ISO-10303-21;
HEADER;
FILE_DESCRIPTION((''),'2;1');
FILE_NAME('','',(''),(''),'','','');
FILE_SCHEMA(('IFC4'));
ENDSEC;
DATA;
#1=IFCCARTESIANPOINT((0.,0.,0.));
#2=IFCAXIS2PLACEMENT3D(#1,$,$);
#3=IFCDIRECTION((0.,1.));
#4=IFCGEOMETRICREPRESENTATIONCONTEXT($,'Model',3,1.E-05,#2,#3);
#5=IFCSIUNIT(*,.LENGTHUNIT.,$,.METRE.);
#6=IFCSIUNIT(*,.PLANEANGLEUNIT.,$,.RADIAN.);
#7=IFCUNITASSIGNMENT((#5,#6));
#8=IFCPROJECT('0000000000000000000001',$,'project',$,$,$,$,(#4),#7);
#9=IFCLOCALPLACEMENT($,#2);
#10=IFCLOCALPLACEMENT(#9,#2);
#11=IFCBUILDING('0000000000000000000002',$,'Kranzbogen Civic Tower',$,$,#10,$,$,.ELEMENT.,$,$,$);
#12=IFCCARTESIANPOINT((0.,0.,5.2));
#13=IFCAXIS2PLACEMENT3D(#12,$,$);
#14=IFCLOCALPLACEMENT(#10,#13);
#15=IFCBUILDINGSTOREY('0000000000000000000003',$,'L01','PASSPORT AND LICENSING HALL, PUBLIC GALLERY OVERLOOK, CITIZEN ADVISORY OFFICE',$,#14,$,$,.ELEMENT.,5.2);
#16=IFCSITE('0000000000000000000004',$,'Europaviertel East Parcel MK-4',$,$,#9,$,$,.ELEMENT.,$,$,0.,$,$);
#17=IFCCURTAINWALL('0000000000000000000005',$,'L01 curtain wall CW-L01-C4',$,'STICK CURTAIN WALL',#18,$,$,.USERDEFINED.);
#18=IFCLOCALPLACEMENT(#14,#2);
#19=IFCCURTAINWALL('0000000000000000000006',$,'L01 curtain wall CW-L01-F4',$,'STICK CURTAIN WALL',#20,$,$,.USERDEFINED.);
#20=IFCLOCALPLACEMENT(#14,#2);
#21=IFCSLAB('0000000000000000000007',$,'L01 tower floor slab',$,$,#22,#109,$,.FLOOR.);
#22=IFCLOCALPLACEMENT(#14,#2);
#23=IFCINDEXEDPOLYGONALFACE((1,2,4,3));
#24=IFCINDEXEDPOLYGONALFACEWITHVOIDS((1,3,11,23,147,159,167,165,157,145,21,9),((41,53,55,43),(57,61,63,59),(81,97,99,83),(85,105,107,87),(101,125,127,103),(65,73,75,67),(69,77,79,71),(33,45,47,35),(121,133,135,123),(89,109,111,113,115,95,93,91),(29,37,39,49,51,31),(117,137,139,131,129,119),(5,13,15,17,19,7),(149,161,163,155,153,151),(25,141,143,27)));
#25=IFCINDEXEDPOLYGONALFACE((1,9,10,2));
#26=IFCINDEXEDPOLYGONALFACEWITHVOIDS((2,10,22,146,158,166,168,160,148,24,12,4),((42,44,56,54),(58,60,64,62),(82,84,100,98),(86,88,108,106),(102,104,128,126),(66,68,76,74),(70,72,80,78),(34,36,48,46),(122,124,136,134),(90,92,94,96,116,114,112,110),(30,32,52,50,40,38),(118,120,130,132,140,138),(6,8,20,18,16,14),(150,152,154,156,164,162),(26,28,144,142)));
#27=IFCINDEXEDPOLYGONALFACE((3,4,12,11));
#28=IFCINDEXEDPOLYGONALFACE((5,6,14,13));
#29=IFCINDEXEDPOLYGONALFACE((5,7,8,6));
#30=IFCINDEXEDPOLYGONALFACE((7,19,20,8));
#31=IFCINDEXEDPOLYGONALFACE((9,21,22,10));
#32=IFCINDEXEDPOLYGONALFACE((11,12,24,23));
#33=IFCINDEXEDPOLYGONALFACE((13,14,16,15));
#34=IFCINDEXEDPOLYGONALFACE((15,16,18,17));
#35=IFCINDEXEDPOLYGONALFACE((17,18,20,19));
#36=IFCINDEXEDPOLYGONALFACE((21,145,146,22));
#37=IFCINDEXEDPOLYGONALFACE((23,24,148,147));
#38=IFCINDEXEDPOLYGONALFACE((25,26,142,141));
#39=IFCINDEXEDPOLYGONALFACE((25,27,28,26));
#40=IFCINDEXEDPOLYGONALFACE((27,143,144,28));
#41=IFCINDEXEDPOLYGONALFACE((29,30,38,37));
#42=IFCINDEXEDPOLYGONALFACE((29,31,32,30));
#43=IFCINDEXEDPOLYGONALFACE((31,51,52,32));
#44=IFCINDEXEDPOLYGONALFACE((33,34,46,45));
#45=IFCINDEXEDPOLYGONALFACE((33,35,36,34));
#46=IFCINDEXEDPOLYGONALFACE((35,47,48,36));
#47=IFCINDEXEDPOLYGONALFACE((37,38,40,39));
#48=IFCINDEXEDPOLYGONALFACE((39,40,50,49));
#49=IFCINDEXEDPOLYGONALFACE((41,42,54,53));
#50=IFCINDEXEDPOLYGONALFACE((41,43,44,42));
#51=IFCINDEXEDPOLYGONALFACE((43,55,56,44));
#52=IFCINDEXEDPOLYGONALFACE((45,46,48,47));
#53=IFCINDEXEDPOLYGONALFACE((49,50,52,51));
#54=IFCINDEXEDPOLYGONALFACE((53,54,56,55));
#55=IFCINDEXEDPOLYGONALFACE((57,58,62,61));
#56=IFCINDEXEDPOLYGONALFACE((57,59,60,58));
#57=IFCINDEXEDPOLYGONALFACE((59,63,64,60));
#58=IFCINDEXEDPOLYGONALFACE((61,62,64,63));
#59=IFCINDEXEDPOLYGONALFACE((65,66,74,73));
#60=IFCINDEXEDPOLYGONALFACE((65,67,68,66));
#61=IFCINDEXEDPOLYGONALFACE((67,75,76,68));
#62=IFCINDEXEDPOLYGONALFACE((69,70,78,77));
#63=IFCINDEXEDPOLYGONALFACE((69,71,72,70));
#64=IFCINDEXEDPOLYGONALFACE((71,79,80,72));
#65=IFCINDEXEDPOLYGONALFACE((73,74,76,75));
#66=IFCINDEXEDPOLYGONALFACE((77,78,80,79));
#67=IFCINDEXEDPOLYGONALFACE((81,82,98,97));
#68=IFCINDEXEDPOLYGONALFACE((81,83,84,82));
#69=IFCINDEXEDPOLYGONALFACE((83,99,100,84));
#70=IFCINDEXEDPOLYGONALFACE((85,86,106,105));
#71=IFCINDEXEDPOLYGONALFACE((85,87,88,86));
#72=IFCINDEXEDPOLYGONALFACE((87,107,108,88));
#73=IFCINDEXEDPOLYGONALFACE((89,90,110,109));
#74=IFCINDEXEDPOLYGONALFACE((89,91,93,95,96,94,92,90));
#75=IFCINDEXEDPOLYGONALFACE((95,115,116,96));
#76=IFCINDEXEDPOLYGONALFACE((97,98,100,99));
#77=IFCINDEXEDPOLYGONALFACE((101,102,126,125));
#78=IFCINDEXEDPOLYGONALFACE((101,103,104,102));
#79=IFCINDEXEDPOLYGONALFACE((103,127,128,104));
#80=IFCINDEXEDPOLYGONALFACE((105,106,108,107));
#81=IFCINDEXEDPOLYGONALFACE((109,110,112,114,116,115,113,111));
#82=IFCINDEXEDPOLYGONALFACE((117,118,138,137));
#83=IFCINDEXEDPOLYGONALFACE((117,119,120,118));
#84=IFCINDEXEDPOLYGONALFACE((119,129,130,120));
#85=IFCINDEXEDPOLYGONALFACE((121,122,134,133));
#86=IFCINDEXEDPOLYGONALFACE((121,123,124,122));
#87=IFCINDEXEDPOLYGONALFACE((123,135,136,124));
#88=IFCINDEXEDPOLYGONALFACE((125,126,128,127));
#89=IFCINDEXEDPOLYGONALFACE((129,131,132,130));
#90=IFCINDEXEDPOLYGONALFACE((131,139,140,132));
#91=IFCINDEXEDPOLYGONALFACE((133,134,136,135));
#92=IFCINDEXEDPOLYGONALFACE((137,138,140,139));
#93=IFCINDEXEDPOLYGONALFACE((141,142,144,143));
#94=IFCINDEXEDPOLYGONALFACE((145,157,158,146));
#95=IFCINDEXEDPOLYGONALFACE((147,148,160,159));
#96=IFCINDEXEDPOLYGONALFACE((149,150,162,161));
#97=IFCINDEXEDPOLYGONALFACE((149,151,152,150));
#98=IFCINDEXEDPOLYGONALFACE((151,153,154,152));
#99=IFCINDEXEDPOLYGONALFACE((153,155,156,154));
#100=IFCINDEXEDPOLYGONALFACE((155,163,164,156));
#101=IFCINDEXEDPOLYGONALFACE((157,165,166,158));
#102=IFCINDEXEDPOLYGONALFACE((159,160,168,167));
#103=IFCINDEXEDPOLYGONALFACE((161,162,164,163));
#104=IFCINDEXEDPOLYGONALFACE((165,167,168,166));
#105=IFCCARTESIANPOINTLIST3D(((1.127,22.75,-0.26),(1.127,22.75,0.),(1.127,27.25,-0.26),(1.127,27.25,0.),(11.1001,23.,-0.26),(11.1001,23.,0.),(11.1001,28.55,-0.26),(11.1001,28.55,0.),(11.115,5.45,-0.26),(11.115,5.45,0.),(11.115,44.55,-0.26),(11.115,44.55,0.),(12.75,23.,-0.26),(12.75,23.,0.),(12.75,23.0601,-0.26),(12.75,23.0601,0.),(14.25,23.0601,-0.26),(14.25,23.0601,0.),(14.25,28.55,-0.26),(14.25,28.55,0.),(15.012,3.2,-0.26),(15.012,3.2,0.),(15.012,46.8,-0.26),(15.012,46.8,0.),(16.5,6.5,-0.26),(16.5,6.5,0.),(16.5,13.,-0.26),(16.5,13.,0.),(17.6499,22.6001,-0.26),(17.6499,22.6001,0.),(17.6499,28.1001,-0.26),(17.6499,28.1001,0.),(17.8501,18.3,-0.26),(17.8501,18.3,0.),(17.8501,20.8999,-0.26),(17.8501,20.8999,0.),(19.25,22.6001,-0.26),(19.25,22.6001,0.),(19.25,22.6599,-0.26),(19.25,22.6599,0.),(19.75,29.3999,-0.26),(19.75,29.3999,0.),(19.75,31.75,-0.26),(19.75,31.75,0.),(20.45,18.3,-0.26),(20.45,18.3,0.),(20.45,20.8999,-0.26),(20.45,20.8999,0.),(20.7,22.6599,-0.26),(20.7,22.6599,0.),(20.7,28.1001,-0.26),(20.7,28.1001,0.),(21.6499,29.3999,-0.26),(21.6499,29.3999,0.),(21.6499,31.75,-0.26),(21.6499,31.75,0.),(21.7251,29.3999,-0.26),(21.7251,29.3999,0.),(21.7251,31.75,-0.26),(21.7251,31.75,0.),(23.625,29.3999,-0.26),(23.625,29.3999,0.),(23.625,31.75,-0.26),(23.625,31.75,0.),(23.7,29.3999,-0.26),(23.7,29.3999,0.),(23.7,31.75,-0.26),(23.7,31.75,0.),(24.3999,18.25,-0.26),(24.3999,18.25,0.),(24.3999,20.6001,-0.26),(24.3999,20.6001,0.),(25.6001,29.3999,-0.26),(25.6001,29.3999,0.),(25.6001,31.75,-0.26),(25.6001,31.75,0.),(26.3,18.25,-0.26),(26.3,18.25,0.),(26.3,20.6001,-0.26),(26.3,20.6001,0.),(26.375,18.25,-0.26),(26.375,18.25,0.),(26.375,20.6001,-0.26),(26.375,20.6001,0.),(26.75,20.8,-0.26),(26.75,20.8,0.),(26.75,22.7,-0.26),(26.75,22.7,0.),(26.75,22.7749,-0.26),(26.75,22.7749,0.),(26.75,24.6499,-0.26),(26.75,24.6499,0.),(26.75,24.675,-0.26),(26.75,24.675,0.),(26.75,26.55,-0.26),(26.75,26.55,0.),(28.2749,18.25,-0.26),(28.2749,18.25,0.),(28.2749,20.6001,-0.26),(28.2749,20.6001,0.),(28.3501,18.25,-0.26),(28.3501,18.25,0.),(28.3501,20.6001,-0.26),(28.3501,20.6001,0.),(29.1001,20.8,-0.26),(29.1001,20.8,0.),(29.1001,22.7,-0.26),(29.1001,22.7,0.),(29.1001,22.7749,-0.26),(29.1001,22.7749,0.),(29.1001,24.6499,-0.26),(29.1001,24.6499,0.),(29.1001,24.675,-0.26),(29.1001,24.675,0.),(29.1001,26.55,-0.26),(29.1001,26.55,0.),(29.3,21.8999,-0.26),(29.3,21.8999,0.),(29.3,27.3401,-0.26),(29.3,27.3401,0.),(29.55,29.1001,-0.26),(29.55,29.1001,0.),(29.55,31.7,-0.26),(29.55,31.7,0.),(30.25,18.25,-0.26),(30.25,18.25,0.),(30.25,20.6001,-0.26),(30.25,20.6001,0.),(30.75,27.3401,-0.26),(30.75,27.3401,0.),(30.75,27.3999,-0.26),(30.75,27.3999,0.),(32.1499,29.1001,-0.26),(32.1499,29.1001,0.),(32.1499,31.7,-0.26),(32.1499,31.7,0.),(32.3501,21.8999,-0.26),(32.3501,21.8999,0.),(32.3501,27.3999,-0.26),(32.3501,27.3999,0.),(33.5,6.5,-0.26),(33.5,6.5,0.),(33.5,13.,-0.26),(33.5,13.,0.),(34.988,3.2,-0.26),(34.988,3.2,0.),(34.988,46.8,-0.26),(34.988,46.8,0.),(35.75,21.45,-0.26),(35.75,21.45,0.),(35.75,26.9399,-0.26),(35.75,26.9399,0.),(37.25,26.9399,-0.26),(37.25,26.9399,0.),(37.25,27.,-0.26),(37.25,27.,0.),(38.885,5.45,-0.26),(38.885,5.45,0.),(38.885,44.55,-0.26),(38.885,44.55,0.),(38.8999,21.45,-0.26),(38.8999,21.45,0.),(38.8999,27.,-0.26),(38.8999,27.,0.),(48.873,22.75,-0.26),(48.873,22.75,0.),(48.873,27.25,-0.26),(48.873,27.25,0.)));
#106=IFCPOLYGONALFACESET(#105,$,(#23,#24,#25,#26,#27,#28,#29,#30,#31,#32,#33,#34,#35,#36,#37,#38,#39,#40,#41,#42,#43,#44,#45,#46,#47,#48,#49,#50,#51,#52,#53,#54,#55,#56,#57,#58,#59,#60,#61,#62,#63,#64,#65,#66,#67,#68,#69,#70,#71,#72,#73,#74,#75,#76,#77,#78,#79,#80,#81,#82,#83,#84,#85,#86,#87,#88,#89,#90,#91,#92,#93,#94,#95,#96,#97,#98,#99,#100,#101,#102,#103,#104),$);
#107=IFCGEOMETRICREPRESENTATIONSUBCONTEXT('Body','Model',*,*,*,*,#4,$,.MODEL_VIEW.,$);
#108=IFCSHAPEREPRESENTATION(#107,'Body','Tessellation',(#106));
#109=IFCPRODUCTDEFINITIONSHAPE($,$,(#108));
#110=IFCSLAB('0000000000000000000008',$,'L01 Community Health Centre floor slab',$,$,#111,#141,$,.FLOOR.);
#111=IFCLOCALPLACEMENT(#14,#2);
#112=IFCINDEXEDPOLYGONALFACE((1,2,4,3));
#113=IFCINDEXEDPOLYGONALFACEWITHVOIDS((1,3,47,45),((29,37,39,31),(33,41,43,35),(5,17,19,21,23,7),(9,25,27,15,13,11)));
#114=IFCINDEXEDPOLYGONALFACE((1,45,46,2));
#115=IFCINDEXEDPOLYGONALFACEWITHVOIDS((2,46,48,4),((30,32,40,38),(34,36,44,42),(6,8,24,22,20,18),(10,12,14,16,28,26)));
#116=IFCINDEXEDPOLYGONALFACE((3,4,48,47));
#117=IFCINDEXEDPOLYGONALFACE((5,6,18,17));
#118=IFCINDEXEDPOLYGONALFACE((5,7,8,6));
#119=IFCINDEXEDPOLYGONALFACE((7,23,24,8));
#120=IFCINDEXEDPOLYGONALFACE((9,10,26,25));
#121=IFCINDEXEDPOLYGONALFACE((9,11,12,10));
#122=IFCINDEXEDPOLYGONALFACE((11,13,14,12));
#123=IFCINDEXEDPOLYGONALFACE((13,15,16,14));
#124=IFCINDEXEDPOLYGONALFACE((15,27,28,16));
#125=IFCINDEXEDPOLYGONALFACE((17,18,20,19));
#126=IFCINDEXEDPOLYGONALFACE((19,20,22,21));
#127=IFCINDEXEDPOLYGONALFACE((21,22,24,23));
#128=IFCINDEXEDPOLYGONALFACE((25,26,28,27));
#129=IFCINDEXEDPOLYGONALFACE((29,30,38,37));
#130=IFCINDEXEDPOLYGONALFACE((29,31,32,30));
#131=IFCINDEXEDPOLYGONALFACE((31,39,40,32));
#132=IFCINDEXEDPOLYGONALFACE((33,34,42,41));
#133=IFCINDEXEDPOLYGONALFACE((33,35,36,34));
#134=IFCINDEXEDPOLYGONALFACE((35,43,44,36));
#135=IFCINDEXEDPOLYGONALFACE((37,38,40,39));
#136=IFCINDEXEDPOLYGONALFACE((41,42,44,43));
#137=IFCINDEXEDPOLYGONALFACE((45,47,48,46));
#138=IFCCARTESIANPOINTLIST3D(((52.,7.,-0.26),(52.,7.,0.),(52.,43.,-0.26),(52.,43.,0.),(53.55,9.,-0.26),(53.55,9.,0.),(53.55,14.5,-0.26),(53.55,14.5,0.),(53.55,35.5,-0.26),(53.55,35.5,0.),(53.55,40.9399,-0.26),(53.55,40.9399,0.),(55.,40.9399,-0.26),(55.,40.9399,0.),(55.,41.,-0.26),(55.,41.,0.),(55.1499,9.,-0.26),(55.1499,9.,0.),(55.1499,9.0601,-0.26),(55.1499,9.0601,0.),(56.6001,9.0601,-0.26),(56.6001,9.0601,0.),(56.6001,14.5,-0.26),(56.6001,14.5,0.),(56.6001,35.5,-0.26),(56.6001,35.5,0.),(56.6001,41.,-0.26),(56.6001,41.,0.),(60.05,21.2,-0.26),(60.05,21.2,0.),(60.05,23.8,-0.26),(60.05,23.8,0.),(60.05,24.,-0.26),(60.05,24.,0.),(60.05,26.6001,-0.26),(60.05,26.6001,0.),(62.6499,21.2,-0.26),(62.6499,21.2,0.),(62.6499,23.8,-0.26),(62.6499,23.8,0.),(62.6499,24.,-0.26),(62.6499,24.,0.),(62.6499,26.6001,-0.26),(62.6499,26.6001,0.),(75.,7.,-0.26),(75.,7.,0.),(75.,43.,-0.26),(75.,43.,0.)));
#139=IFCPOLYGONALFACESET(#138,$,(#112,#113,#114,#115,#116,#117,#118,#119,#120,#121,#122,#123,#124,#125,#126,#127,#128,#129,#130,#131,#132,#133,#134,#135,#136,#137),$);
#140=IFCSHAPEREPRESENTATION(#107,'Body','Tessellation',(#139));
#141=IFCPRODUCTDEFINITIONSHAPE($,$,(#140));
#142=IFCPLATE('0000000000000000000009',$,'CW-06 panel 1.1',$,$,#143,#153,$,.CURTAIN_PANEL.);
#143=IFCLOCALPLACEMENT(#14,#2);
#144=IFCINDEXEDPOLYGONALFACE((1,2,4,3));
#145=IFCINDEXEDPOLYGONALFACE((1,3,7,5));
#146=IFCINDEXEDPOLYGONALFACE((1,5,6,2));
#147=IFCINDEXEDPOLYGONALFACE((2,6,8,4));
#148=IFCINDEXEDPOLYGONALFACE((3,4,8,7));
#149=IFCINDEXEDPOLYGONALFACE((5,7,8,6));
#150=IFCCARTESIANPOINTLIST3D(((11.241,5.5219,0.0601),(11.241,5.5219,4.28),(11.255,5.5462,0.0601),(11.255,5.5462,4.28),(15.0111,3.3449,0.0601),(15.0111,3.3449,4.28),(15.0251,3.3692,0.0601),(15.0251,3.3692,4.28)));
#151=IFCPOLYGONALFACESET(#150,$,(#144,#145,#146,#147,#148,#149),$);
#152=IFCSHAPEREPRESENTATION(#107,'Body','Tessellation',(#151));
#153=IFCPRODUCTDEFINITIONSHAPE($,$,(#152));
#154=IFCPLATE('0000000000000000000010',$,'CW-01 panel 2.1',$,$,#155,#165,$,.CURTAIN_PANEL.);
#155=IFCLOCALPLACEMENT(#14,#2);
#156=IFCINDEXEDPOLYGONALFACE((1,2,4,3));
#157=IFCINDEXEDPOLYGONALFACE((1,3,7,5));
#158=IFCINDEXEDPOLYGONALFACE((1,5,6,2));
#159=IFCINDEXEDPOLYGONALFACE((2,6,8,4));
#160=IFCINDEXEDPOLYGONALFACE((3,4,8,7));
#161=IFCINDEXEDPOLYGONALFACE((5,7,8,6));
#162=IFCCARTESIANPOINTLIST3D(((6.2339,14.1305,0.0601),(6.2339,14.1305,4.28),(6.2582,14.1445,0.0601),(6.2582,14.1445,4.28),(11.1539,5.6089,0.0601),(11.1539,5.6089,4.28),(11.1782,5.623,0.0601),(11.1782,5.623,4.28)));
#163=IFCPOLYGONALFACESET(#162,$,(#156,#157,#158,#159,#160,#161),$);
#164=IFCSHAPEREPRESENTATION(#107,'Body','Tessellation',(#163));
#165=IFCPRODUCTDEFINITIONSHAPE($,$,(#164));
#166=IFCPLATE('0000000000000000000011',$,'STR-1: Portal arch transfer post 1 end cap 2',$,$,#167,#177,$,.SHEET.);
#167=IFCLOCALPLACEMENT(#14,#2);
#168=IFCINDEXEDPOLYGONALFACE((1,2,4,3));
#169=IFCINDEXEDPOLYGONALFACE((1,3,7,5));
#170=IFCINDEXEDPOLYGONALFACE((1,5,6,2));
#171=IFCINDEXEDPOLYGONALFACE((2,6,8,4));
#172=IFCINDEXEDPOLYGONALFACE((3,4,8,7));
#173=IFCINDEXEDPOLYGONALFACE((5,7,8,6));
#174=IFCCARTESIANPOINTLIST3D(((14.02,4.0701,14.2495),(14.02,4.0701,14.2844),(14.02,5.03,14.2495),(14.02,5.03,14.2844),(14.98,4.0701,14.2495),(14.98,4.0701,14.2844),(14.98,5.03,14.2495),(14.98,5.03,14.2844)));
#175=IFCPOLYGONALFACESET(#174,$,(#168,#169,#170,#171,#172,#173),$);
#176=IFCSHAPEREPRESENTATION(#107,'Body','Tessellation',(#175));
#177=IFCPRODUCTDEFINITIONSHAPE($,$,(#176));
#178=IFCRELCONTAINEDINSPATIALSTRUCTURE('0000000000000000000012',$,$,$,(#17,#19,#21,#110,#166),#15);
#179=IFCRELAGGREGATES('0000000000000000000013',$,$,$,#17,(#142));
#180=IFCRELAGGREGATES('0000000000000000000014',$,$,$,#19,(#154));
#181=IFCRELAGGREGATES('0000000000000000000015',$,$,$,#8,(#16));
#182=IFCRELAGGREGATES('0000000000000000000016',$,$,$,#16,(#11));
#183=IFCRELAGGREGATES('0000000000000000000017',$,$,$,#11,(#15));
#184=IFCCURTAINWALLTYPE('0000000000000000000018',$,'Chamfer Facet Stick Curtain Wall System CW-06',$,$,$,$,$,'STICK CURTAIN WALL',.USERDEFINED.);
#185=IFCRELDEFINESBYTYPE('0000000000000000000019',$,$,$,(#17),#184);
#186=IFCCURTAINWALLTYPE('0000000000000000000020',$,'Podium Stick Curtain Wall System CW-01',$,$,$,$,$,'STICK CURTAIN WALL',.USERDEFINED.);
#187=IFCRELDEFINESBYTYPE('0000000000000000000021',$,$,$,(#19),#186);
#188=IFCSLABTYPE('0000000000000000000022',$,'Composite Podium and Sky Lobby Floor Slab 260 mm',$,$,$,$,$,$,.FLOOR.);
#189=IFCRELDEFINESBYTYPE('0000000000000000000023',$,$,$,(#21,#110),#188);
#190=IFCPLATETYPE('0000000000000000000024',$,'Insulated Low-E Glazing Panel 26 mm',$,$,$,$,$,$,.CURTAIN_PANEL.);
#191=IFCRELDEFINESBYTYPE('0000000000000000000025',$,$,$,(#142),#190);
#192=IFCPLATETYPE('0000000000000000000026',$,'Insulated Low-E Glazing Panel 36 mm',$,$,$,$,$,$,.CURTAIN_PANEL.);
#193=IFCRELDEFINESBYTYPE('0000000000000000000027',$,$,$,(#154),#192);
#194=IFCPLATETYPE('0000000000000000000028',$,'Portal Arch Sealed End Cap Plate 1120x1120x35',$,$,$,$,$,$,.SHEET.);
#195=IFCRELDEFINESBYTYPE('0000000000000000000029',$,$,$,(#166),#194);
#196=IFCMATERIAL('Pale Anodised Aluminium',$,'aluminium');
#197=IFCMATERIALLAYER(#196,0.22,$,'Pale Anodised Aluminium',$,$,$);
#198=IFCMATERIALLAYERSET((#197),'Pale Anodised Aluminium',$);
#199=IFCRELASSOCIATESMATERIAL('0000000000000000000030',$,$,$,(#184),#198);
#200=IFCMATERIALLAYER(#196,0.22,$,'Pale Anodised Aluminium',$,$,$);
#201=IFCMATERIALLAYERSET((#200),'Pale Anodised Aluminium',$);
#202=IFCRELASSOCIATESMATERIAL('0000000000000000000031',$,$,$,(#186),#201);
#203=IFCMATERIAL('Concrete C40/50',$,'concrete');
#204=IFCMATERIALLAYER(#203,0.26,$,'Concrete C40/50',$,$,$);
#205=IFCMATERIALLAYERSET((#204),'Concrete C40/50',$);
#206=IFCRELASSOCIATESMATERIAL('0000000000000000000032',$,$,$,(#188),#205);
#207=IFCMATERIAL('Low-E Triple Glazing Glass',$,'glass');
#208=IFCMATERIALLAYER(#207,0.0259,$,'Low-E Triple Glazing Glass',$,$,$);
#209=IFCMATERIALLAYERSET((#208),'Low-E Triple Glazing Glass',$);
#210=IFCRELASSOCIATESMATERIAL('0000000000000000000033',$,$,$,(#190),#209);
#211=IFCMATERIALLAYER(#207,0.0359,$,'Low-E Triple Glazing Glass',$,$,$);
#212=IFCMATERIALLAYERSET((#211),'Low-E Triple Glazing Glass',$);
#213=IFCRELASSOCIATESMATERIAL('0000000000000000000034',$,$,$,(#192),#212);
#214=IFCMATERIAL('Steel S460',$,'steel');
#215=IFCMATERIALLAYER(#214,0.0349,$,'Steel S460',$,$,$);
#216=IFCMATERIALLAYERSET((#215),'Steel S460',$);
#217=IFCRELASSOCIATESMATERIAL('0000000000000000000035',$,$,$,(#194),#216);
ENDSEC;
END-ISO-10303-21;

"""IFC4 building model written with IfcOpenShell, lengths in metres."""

from ifc_helpers import new_model, si_unit, direction, frame, origin, origin_2d, place, context, subcontext, project, spatial, polyline, rectangle, outline, extrude, material, layer, layer_set, type_object, element, aggregate, save


model = new_model("IFC4")

# Units and contexts
model_context = context("Model", 3, precision=1e-05, world=origin(), true_north=direction((0.0, 1.0)))
body_context = subcontext(model_context, "Body", "Model", "MODEL_VIEW")
ifc_project = project(units=[si_unit("LENGTHUNIT", "METRE"), si_unit("PLANEANGLEUNIT", "RADIAN")], contexts=[model_context])

# Site, building, storey
site_placement = place(None, origin())
site = spatial("IfcSite", under=ifc_project, at=site_placement, Name="Europaviertel East Parcel MK-4", CompositionType="ELEMENT", RefElevation=0.0)
building_placement = place(site_placement, origin())
building = spatial("IfcBuilding", under=site, at=building_placement, Name="Kranzbogen Civic Tower", CompositionType="ELEMENT")
storey_placement = place(building_placement, frame((0.0, 0.0, 5.2)))
storey = spatial("IfcBuildingStorey", under=building, at=storey_placement, Name="L01", Description="PASSPORT AND LICENSING HALL, PUBLIC GALLERY OVERLOOK, CITIZEN ADVISORY OFFICE", CompositionType="ELEMENT", Elevation=5.2)

# Shared definitions
ifc_material_1 = material(Name="Steel S460", Category="steel")

# Curtain wall
ifc_material_2 = material(Name="Pale Anodised Aluminium", Category="aluminium")
ifc_layer_1 = layer(ifc_material_2, 0.22, Name="Pale Anodised Aluminium")
ifc_layer_set_1 = layer_set([ifc_layer_1], Name="Pale Anodised Aluminium")
curtain_wall_type_1 = type_object("IfcCurtainWallType", Name="Chamfer Facet Stick Curtain Wall System CW-06", ElementType="STICK CURTAIN WALL", PredefinedType="USERDEFINED", material=ifc_layer_set_1)
curtain_wall_1_placement = place(storey_placement, origin())
curtain_wall_1 = element("IfcCurtainWall", 1, at=curtain_wall_1_placement, inside=storey, type_object=curtain_wall_type_1, Name="L01 curtain wall CW-L01-C4", ObjectType="STICK CURTAIN WALL", PredefinedType="USERDEFINED")

# Curtain wall
ifc_layer_2 = layer(ifc_material_2, 0.22, Name="Pale Anodised Aluminium")
ifc_layer_set_2 = layer_set([ifc_layer_2], Name="Pale Anodised Aluminium")
curtain_wall_type_2 = type_object("IfcCurtainWallType", Name="Podium Stick Curtain Wall System CW-01", ElementType="STICK CURTAIN WALL", PredefinedType="USERDEFINED", material=ifc_layer_set_2)
curtain_wall_2_placement = place(storey_placement, origin())
curtain_wall_2 = element("IfcCurtainWall", 2, at=curtain_wall_2_placement, inside=storey, type_object=curtain_wall_type_2, Name="L01 curtain wall CW-L01-F4", ObjectType="STICK CURTAIN WALL", PredefinedType="USERDEFINED")

# Slabs
ifc_material_3 = material(Name="Concrete C40/50", Category="concrete")
ifc_layer_3 = layer(ifc_material_3, 0.26, Name="Concrete C40/50")
ifc_layer_set_3 = layer_set([ifc_layer_3], Name="Concrete C40/50")
slab_type_1 = type_object("IfcSlabType", Name="Composite Podium and Sky Lobby Floor Slab 260 mm", PredefinedType="FLOOR", material=ifc_layer_set_3)
slab_1_placement = place(storey_placement, frame((0.0, 0.0, -0.26)))
element("IfcSlab", 3, at=slab_1_placement, inside=storey, type_object=slab_type_1, Name="L01 tower floor slab", PredefinedType="FLOOR", context=body_context, shape_type="SweptSolid", body=[
    extrude(outline(polyline([(48.873, 27.25), (38.885, 44.55), (34.988, 46.8), (15.012, 46.8), (11.115, 44.55), (1.127, 27.25), (1.127, 22.75), (11.115, 5.45), (15.012, 3.2), (34.988, 3.2), (38.885, 5.45), (48.873, 22.75), (48.873, 27.25)]), holes=[polyline([(33.5, 6.5), (16.5, 6.5), (16.5, 13.0), (33.5, 13.0), (33.5, 6.5)]), polyline([(26.3, 18.25), (24.3999, 18.25), (24.3999, 20.6001), (26.3, 20.6001), (26.3, 18.25)]), polyline([(28.2749, 18.25), (26.375, 18.25), (26.375, 20.6001), (28.2749, 20.6001), (28.2749, 18.25)]), polyline([(20.45, 18.3), (17.8501, 18.3), (17.8501, 20.8999), (20.45, 20.8999), (20.45, 18.3)]), polyline([(26.75, 20.8), (26.75, 22.7), (29.1001, 22.7), (29.1001, 20.8), (26.75, 20.8)]), polyline([(20.7, 28.1001), (20.7, 22.6599), (19.25, 22.6599), (19.25, 22.6001), (17.6499, 22.6001), (17.6499, 28.1001), (20.7, 28.1001)]), polyline([(14.25, 28.55), (14.25, 23.0601), (12.75, 23.0601), (12.75, 23.0), (11.1001, 23.0), (11.1001, 28.55), (14.25, 28.55)]), polyline([(19.75, 31.75), (21.6499, 31.75), (21.6499, 29.3999), (19.75, 29.3999), (19.75, 31.75)]), polyline([(21.7251, 31.75), (23.625, 31.75), (23.625, 29.3999), (21.7251, 29.3999), (21.7251, 31.75)]), polyline([(25.6001, 29.3999), (23.7, 29.3999), (23.7, 31.75), (25.6001, 31.75), (25.6001, 29.3999)]), polyline([(30.25, 18.25), (28.3501, 18.25), (28.3501, 20.6001), (30.25, 20.6001), (30.25, 18.25)]), polyline([(35.75, 26.9399), (37.25, 26.9399), (37.25, 27.0), (38.8999, 27.0), (38.8999, 21.45), (35.75, 21.45), (35.75, 26.9399)]), polyline([(29.3, 21.8999), (29.3, 27.3401), (30.75, 27.3401), (30.75, 27.3999), (32.3501, 27.3999), (32.3501, 21.8999), (29.3, 21.8999)]), polyline([(26.75, 26.55), (29.1001, 26.55), (29.1001, 24.675), (29.1001, 24.6499), (29.1001, 22.7749), (26.75, 22.7749), (26.75, 24.6499), (26.75, 24.675), (26.75, 26.55)]), polyline([(29.55, 31.7), (32.1499, 31.7), (32.1499, 29.1001), (29.55, 29.1001), (29.55, 31.7)])]), origin(), (0.0, 0.0, 1.0), 0.26),
])
slab_2_placement = place(storey_placement, frame((0.0, 0.0, -0.26)))
element("IfcSlab", 4, at=slab_2_placement, inside=storey, type_object=slab_type_1, Name="L01 Community Health Centre floor slab", PredefinedType="FLOOR", context=body_context, shape_type="SweptSolid", body=[
    extrude(outline(polyline([(75.0, 7.0), (75.0, 43.0), (52.0, 43.0), (52.0, 7.0), (75.0, 7.0)]), holes=[polyline([(55.1499, 9.0601), (55.1499, 9.0), (53.55, 9.0), (53.55, 14.5), (56.6001, 14.5), (56.6001, 9.0601), (55.1499, 9.0601)]), polyline([(60.05, 21.2), (60.05, 23.8), (62.6499, 23.8), (62.6499, 21.2), (60.05, 21.2)]), polyline([(62.6499, 24.0), (60.05, 24.0), (60.05, 26.6001), (62.6499, 26.6001), (62.6499, 24.0)]), polyline([(55.0, 41.0), (56.6001, 41.0), (56.6001, 35.5), (53.55, 35.5), (53.55, 40.9399), (55.0, 40.9399), (55.0, 41.0)])]), origin(), (0.0, 0.0, 1.0), 0.26),
])

# Plates
ifc_material_4 = material(Name="Low-E Triple Glazing Glass", Category="glass")
ifc_layer_4 = layer(ifc_material_4, 0.0259, Name="Low-E Triple Glazing Glass")
ifc_layer_set_4 = layer_set([ifc_layer_4], Name="Low-E Triple Glazing Glass")
plate_type_1 = type_object("IfcPlateType", Name="Insulated Low-E Glazing Panel 26 mm", PredefinedType="CURTAIN_PANEL", material=ifc_layer_set_4)
plate_1_placement = place(storey_placement, frame((13.1331, 4.4456, 0.0601), z_axis=(0.0, 0.0, 1.0), x_axis=(0.865992, -0.500058, 0.0)))
plate_1 = element("IfcPlate", 5, at=plate_1_placement, type_object=plate_type_1, Name="CW-06 panel 1.1", PredefinedType="CURTAIN_PANEL", context=body_context, shape_type="SweptSolid", body=[
    extrude(rectangle(XDim=4.3535, YDim=0.0281, at=origin_2d()), origin(), (0.0, 0.0, 1.0), 4.22),
])
aggregate(curtain_wall_1, [plate_1])
ifc_layer_5 = layer(ifc_material_4, 0.0359, Name="Low-E Triple Glazing Glass")
ifc_layer_set_5 = layer_set([ifc_layer_5], Name="Low-E Triple Glazing Glass")
plate_type_2 = type_object("IfcPlateType", Name="Insulated Low-E Glazing Panel 36 mm", PredefinedType="CURTAIN_PANEL", material=ifc_layer_set_5)
plate_2_placement = place(storey_placement, frame((8.7061, 9.8767, 0.0601), z_axis=(0.0, 0.0, 1.0), x_axis=(0.500006, -0.866022, 0.0)))
plate_2 = element("IfcPlate", 6, at=plate_2_placement, type_object=plate_type_2, Name="CW-01 panel 2.1", PredefinedType="CURTAIN_PANEL", context=body_context, shape_type="SweptSolid", body=[
    extrude(rectangle(XDim=9.8398, YDim=0.0281, at=origin_2d()), origin(), (0.0, 0.0, 1.0), 4.22),
])
aggregate(curtain_wall_2, [plate_2])
ifc_layer_6 = layer(ifc_material_1, 0.0349, Name="Steel S460")
ifc_layer_set_6 = layer_set([ifc_layer_6], Name="Steel S460")
plate_type_3 = type_object("IfcPlateType", Name="Portal Arch Sealed End Cap Plate 1120x1120x35", PredefinedType="SHEET", material=ifc_layer_set_6)
plate_3_placement = place(storey_placement, frame((14.5, 4.55, 14.2495), z_axis=(0.0, 0.0, 1.0), x_axis=(1.0, 0.0, 0.0)))
element("IfcPlate", 7, at=plate_3_placement, inside=storey, type_object=plate_type_3, Name="STR-1: Portal arch transfer post 1 end cap 2", PredefinedType="SHEET", context=body_context, shape_type="SweptSolid", body=[
    extrude(rectangle(XDim=0.96, YDim=0.96, at=origin_2d()), origin(), (0.0, 0.0, 1.0), 0.0349),
])

save(model, "model.ifc")
